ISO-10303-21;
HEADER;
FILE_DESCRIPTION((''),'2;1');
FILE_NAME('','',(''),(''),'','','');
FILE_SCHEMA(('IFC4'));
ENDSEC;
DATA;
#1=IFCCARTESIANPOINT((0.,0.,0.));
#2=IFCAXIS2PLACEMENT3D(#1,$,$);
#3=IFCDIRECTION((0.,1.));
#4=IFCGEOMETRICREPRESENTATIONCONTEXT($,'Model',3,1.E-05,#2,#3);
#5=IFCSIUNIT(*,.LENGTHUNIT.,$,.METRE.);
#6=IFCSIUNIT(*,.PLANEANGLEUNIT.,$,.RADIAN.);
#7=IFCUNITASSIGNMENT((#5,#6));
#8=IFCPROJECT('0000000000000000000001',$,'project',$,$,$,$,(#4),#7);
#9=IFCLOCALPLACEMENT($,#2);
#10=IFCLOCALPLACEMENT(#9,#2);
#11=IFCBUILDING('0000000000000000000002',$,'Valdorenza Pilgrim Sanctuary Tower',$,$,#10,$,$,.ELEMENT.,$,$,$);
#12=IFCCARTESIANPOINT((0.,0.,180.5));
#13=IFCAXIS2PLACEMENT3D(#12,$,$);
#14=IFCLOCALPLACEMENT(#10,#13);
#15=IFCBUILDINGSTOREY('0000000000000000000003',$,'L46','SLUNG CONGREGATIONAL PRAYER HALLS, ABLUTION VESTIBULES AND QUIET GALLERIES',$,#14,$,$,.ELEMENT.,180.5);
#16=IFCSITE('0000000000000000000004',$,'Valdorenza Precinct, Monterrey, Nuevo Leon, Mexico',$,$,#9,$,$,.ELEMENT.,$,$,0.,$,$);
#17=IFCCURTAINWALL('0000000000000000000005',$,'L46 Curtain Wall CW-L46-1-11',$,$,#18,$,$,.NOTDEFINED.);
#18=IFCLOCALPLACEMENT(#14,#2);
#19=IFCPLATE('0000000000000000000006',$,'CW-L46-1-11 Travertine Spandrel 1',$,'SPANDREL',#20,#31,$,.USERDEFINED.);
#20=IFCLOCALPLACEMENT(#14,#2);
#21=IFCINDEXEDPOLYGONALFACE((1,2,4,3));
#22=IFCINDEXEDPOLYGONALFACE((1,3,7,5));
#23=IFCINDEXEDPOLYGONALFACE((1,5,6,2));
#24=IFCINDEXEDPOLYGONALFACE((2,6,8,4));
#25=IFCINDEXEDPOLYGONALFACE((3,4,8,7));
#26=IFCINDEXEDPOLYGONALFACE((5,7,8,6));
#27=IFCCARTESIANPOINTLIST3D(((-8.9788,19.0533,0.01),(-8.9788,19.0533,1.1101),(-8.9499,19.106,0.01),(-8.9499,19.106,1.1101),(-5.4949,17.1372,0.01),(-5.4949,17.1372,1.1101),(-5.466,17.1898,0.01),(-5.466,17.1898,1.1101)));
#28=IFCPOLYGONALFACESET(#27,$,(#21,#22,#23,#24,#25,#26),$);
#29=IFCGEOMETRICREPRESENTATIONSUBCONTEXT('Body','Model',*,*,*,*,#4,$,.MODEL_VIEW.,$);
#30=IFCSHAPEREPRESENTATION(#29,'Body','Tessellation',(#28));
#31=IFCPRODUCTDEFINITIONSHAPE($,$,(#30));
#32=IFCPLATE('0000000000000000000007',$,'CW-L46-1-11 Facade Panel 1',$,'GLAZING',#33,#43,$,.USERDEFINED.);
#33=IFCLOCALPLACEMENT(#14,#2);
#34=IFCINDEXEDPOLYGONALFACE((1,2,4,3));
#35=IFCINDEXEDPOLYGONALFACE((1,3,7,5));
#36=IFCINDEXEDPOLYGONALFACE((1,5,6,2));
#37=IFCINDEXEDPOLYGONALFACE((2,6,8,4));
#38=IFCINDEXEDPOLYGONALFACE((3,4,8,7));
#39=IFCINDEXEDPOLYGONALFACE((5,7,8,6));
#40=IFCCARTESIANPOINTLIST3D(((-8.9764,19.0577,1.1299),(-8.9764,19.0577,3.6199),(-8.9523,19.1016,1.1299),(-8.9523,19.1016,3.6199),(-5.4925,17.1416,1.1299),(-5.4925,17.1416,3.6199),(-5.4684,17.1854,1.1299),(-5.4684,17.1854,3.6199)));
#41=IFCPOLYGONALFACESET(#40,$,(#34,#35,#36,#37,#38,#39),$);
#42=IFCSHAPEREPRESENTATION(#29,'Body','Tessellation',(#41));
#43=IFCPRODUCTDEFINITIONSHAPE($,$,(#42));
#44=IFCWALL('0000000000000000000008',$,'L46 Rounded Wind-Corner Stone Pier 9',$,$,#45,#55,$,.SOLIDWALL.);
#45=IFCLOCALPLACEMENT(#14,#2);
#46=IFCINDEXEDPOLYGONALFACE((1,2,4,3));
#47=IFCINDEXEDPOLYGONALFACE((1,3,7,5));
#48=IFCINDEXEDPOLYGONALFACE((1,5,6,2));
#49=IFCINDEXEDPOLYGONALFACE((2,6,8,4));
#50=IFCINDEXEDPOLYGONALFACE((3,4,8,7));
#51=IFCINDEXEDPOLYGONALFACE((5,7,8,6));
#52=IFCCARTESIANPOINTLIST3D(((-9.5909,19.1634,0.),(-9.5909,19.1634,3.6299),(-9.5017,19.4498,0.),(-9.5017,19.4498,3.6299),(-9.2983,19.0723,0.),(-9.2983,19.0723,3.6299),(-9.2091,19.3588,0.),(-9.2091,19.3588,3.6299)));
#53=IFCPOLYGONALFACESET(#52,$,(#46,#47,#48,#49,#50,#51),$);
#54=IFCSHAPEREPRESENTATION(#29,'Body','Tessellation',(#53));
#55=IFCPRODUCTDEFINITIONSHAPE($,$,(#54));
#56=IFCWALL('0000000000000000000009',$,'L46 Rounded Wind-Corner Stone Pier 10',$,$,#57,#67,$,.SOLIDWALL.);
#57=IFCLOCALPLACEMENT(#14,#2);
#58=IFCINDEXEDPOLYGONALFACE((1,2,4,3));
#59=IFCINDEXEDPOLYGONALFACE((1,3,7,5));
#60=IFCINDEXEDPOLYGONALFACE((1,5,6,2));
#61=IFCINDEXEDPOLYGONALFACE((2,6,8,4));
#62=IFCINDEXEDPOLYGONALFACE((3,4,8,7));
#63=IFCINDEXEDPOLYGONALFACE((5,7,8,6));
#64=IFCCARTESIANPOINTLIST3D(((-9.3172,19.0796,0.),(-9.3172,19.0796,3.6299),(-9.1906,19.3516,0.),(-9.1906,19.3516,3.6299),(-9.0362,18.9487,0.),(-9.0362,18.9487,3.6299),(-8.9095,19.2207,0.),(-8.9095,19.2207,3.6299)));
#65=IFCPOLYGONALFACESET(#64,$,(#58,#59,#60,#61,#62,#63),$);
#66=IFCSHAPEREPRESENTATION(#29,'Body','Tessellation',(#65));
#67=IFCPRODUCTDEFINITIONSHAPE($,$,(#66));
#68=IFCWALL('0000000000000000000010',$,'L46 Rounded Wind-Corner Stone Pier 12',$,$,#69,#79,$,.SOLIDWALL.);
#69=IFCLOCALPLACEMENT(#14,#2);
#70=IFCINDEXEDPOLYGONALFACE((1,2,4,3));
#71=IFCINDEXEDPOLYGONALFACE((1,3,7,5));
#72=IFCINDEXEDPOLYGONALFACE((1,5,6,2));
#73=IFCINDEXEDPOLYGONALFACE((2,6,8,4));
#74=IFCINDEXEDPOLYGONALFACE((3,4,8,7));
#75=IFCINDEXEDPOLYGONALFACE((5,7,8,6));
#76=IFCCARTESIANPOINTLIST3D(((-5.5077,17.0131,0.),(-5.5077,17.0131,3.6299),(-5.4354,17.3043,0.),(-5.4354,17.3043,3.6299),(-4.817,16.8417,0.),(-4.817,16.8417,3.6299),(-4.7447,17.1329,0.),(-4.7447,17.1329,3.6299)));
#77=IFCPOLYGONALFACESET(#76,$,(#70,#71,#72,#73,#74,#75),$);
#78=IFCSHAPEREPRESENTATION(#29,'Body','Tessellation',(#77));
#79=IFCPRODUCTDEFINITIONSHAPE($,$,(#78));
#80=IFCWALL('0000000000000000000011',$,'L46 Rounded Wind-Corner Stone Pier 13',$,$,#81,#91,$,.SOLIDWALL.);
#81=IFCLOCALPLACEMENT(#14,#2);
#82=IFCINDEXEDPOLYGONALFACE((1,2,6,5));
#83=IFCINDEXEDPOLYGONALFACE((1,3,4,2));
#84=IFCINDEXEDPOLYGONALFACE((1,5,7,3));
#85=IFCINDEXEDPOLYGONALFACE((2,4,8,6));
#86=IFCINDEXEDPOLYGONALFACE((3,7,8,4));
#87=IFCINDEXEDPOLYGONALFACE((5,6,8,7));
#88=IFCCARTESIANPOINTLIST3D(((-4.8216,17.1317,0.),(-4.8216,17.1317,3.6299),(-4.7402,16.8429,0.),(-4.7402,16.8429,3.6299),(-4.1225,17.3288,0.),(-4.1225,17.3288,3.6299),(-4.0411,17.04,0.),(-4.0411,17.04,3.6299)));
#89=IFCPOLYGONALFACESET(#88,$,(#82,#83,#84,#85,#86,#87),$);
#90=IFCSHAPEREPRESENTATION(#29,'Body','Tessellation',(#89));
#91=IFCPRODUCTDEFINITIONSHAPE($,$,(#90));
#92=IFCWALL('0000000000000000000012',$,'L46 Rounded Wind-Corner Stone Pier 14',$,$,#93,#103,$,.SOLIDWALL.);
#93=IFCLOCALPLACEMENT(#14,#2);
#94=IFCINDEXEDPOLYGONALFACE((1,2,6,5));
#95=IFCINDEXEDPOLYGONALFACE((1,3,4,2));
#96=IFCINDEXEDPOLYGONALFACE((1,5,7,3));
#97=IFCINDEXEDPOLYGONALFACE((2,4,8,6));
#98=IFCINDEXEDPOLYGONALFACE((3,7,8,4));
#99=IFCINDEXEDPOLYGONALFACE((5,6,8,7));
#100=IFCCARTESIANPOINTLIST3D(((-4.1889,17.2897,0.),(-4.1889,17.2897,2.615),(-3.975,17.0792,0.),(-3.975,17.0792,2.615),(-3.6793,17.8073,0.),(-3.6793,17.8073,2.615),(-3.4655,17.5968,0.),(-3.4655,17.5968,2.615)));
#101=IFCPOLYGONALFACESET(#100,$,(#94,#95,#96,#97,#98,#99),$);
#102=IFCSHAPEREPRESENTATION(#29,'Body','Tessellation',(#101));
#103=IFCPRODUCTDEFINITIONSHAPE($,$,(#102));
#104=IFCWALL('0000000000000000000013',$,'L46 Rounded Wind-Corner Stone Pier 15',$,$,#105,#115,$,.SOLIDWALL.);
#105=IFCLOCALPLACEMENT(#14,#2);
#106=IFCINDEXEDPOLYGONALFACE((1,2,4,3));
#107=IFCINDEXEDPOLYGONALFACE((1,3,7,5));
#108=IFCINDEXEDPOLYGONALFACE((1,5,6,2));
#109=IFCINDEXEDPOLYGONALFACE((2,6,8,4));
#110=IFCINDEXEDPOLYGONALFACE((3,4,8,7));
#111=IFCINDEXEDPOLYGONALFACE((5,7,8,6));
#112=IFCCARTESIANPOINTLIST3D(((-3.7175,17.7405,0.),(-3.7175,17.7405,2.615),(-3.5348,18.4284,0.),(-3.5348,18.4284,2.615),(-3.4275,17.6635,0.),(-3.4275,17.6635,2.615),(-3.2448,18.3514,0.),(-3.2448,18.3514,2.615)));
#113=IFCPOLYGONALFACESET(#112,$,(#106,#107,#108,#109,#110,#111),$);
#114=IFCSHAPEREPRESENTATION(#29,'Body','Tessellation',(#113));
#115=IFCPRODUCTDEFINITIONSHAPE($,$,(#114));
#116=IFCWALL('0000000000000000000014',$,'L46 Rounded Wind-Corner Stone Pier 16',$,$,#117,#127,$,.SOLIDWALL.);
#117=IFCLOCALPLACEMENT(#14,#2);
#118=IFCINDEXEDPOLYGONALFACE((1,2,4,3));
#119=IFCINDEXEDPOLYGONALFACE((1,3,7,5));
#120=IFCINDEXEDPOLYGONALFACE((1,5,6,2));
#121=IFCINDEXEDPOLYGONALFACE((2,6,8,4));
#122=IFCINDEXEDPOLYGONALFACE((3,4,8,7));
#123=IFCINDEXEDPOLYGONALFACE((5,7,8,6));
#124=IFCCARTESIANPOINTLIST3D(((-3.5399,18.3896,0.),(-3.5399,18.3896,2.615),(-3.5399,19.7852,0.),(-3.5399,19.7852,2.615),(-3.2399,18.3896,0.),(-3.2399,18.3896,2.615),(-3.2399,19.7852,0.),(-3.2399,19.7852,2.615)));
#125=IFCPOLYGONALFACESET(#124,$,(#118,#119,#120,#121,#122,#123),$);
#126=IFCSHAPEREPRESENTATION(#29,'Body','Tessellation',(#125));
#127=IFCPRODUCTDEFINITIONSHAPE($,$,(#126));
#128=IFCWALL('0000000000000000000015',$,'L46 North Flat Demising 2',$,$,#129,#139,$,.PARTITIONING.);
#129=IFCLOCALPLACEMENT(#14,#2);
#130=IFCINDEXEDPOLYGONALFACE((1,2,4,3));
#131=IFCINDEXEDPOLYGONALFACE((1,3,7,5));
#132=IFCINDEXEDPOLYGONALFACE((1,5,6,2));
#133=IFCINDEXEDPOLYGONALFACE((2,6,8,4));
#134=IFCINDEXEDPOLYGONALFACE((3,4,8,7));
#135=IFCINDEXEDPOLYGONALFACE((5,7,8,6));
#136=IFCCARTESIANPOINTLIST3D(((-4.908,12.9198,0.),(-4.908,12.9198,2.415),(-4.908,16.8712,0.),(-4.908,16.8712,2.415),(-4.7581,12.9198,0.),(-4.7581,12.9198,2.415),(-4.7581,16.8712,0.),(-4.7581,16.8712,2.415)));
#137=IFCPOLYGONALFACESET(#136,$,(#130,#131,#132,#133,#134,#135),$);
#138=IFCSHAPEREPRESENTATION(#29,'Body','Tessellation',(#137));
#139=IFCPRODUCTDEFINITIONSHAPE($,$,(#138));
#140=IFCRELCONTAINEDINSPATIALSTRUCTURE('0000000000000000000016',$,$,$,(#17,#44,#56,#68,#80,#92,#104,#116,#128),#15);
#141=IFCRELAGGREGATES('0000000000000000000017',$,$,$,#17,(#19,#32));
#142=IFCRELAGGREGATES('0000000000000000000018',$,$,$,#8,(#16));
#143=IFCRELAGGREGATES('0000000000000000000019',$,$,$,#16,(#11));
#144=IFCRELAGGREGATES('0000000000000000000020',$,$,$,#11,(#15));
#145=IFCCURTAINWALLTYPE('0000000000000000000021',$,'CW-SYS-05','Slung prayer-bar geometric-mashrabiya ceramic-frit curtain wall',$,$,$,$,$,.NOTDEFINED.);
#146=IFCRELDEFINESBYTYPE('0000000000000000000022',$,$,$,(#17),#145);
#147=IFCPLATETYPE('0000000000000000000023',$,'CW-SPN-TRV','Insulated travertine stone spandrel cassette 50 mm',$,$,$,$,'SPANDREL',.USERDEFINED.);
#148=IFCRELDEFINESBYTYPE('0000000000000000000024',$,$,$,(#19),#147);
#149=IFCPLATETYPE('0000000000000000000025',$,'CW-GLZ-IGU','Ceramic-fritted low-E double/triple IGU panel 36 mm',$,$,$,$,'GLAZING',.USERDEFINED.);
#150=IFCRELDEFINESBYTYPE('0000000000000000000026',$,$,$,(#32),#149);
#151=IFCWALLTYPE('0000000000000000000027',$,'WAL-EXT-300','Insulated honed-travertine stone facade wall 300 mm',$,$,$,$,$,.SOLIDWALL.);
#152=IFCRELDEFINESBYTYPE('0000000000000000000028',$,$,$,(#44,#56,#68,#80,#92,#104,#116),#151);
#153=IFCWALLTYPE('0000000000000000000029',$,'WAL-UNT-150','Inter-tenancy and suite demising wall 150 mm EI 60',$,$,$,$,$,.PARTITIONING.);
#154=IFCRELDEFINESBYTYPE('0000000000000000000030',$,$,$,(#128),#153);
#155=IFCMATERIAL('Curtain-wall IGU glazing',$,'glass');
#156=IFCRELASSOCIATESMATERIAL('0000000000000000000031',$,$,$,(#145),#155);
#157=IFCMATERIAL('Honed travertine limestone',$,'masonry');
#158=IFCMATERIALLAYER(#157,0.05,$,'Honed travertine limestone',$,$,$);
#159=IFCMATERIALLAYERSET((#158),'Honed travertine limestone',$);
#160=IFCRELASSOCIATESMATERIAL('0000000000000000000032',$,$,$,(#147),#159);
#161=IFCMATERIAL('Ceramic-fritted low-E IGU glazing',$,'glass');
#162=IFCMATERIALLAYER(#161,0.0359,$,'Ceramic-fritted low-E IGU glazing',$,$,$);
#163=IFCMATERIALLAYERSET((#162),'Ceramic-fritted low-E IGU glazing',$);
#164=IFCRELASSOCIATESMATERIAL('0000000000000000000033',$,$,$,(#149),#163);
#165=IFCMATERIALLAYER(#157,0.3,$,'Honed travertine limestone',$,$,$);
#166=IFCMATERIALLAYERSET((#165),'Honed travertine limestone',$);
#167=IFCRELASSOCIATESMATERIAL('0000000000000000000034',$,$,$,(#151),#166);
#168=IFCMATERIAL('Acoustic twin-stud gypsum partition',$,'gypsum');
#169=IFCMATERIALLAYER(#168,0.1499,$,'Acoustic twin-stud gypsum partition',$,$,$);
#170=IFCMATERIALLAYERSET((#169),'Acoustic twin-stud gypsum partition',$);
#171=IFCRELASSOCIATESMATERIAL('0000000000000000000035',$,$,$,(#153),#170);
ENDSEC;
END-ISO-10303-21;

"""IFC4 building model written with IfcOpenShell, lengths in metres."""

from ifc_helpers import new_model, si_unit, direction, frame, frame_2d, origin, origin_2d, place, context, subcontext, project, spatial, rectangle, extrude, source, transform, mapped, material, layer, layer_set, type_object, element, aggregate, save


model = new_model("IFC4")

# Units and contexts
model_context = context("Model", 3, precision=1e-05, world=origin(), true_north=direction((0.0, 1.0)))
body_context = subcontext(model_context, "Body", "Model", "MODEL_VIEW")
ifc_project = project(units=[si_unit("LENGTHUNIT", "METRE"), si_unit("PLANEANGLEUNIT", "RADIAN")], contexts=[model_context])

# Site, building, storey
site_placement = place(None, origin())
site = spatial("IfcSite", under=ifc_project, at=site_placement, Name="Valdorenza Precinct, Monterrey, Nuevo Leon, Mexico", CompositionType="ELEMENT", RefElevation=0.0)
building_placement = place(site_placement, origin())
building = spatial("IfcBuilding", under=site, at=building_placement, Name="Valdorenza Pilgrim Sanctuary Tower", CompositionType="ELEMENT")
storey_placement = place(building_placement, frame((0.0, 0.0, 180.5)))
storey = spatial("IfcBuildingStorey", under=building, at=storey_placement, Name="L46", Description="SLUNG CONGREGATIONAL PRAYER HALLS, ABLUTION VESTIBULES AND QUIET GALLERIES", CompositionType="ELEMENT", Elevation=180.5)

# Curtain wall
ifc_material_1 = material(Name="Curtain-wall IGU glazing", Category="glass")
curtain_wall_type = type_object("IfcCurtainWallType", Name="CW-SYS-05", Description="Slung prayer-bar geometric-mashrabiya ceramic-frit curtain wall", PredefinedType="NOTDEFINED", material=ifc_material_1)
curtain_wall_placement = place(storey_placement, origin())
curtain_wall = element("IfcCurtainWall", 1, at=curtain_wall_placement, inside=storey, type_object=curtain_wall_type, Name="L46 Curtain Wall CW-L46-1-11", PredefinedType="NOTDEFINED")

# Plates
ifc_material_2 = material(Name="Honed travertine limestone", Category="masonry")
ifc_layer_1 = layer(ifc_material_2, 0.05, Name="Honed travertine limestone")
ifc_layer_set_1 = layer_set([ifc_layer_1], Name="Honed travertine limestone")
plate_type_1 = type_object("IfcPlateType", Name="CW-SPN-TRV", Description="Insulated travertine stone spandrel cassette 50 mm", ElementType="SPANDREL", PredefinedType="USERDEFINED", material=ifc_layer_set_1)
shared_shape_1 = source(origin(), body_context, "Body", "SweptSolid", [
    extrude(rectangle(XDim=3.9761, YDim=0.0601, at=origin_2d()), origin(), (0.0, 0.0, 1.0), 1.1001),
])
plate_1_placement = place(storey_placement, frame((-7.2224, 18.1216, 0.01), z_axis=(0.0, 0.0, 1.0), x_axis=(0.876214, -0.481922, 0.0)))
plate_1 = element("IfcPlate", 2, at=plate_1_placement, type_object=plate_type_1, Name="CW-L46-1-11 Travertine Spandrel 1", ObjectType="SPANDREL", PredefinedType="USERDEFINED", context=body_context, shape_type="MappedRepresentation", body=[
    mapped(shared_shape_1, transform((0.0, 0.0, 0.0), x_axis=(1.0, 0.0, 0.0), y_axis=(0.0, 1.0, 0.0), z_axis=(0.0, 0.0, 1.0), scale=1.0)),
])
ifc_material_3 = material(Name="Ceramic-fritted low-E IGU glazing", Category="glass")
ifc_layer_2 = layer(ifc_material_3, 0.0359, Name="Ceramic-fritted low-E IGU glazing")
ifc_layer_set_2 = layer_set([ifc_layer_2], Name="Ceramic-fritted low-E IGU glazing")
plate_type_2 = type_object("IfcPlateType", Name="CW-GLZ-IGU", Description="Ceramic-fritted low-E double/triple IGU panel 36 mm", ElementType="GLAZING", PredefinedType="USERDEFINED", material=ifc_layer_set_2)
shared_shape_2 = source(origin(), body_context, "Body", "SweptSolid", [
    extrude(rectangle(XDim=3.9761, YDim=0.05, at=origin_2d()), origin(), (0.0, 0.0, 1.0), 2.49),
])
plate_2_placement = place(storey_placement, frame((-7.2224, 18.1216, 1.1299), z_axis=(0.0, 0.0, 1.0), x_axis=(0.876214, -0.481922, 0.0)))
plate_2 = element("IfcPlate", 3, at=plate_2_placement, type_object=plate_type_2, Name="CW-L46-1-11 Facade Panel 1", ObjectType="GLAZING", PredefinedType="USERDEFINED", context=body_context, shape_type="MappedRepresentation", body=[
    mapped(shared_shape_2, transform((0.0, 0.0, 0.0), x_axis=(1.0, 0.0, 0.0), y_axis=(0.0, 1.0, 0.0), z_axis=(0.0, 0.0, 1.0), scale=1.0)),
])
aggregate(curtain_wall, [plate_1, plate_2])

# Walls
ifc_layer_3 = layer(ifc_material_2, 0.3, Name="Honed travertine limestone")
ifc_layer_set_3 = layer_set([ifc_layer_3], Name="Honed travertine limestone")
wall_type_1 = type_object("IfcWallType", Name="WAL-EXT-300", Description="Insulated honed-travertine stone facade wall 300 mm", PredefinedType="SOLIDWALL", material=ifc_layer_set_3)
wall_1_placement = place(storey_placement, frame((-9.5464, 19.3066, 0.0), z_axis=(0.0, 0.0, 1.0), x_axis=(0.954791, -0.297276, 0.0)))
element("IfcWall", 4, at=wall_1_placement, inside=storey, type_object=wall_type_1, Name="L46 Rounded Wind-Corner Stone Pier 9", PredefinedType="SOLIDWALL", context=body_context, shape_type="SweptSolid", body=[
    extrude(rectangle(XDim=0.3064, YDim=0.3, at=frame_2d((0.1533, 0.0))), origin(), (0.0, 0.0, 1.0), 3.6299),
])
wall_2_placement = place(storey_placement, frame((-9.2539, 19.2156, 0.0), z_axis=(0.0, 0.0, 1.0), x_axis=(0.906525, -0.422152, 0.0)))
element("IfcWall", 5, at=wall_2_placement, inside=storey, type_object=wall_type_1, Name="L46 Rounded Wind-Corner Stone Pier 10", PredefinedType="SOLIDWALL", context=body_context, shape_type="SweptSolid", body=[
    extrude(rectangle(XDim=0.3101, YDim=0.3, at=frame_2d((0.155, 0.0))), origin(), (0.0, 0.0, 1.0), 3.6299),
])
wall_3_placement = place(storey_placement, frame((-5.4717, 17.1587, 0.0), z_axis=(0.0, 0.0, 1.0), x_axis=(0.970565, -0.24084, 0.0)))
element("IfcWall", 6, at=wall_3_placement, inside=storey, type_object=wall_type_1, Name="L46 Rounded Wind-Corner Stone Pier 12", PredefinedType="SOLIDWALL", context=body_context, shape_type="SweptSolid", body=[
    extrude(rectangle(XDim=0.7117, YDim=0.3, at=frame_2d((0.356, 0.0))), origin(), (0.0, 0.0, 1.0), 3.6299),
])
wall_4_placement = place(storey_placement, frame((-4.781, 16.9873, 0.0), z_axis=(0.0, 0.0, 1.0), x_axis=(0.962495, 0.2713, 0.0)))
element("IfcWall", 7, at=wall_4_placement, inside=storey, type_object=wall_type_1, Name="L46 Rounded Wind-Corner Stone Pier 13", PredefinedType="SOLIDWALL", context=body_context, shape_type="SweptSolid", body=[
    extrude(rectangle(XDim=0.7263, YDim=0.3, at=frame_2d((0.3633, 0.0))), origin(), (0.0, 0.0, 1.0), 3.6299),
])
wall_5_placement = place(storey_placement, frame((-4.082, 17.1843, 0.0), z_axis=(0.0, 0.0, 1.0), x_axis=(0.701539, 0.712631, 0.0)))
element("IfcWall", 8, at=wall_5_placement, inside=storey, type_object=wall_type_1, Name="L46 Rounded Wind-Corner Stone Pier 14", PredefinedType="SOLIDWALL", context=body_context, shape_type="SweptSolid", body=[
    extrude(rectangle(XDim=0.7263, YDim=0.3, at=frame_2d((0.3633, 0.0))), origin(), (0.0, 0.0, 1.0), 2.615),
])
wall_6_placement = place(storey_placement, frame((-3.5725, 17.7019, 0.0), z_axis=(0.0, 0.0, 1.0), x_axis=(0.256637, 0.966508, 0.0)))
element("IfcWall", 9, at=wall_6_placement, inside=storey, type_object=wall_type_1, Name="L46 Rounded Wind-Corner Stone Pier 15", PredefinedType="SOLIDWALL", context=body_context, shape_type="SweptSolid", body=[
    extrude(rectangle(XDim=0.7117, YDim=0.3, at=frame_2d((0.356, 0.0))), origin(), (0.0, 0.0, 1.0), 2.615),
])
wall_7_placement = place(storey_placement, frame((-3.3899, 18.3896, 0.0), z_axis=(0.0, 0.0, 1.0), x_axis=(0.0, 1.0, 0.0)))
element("IfcWall", 10, at=wall_7_placement, inside=storey, type_object=wall_type_1, Name="L46 Rounded Wind-Corner Stone Pier 16", PredefinedType="SOLIDWALL", context=body_context, shape_type="SweptSolid", body=[
    extrude(rectangle(XDim=1.3955, YDim=0.3, at=frame_2d((0.6978, 0.0))), origin(), (0.0, 0.0, 1.0), 2.615),
])
ifc_material_4 = material(Name="Acoustic twin-stud gypsum partition", Category="gypsum")
ifc_layer_4 = layer(ifc_material_4, 0.1499, Name="Acoustic twin-stud gypsum partition")
ifc_layer_set_4 = layer_set([ifc_layer_4], Name="Acoustic twin-stud gypsum partition")
wall_type_2 = type_object("IfcWallType", Name="WAL-UNT-150", Description="Inter-tenancy and suite demising wall 150 mm EI 60", PredefinedType="PARTITIONING", material=ifc_layer_set_4)
wall_8_placement = place(storey_placement, frame((-4.833, 12.9199, 0.0), z_axis=(0.0, 0.0, 1.0), x_axis=(0.0, 1.0, 0.0)))
element("IfcWall", 11, at=wall_8_placement, inside=storey, type_object=wall_type_2, Name="L46 North Flat Demising 2", PredefinedType="PARTITIONING", context=body_context, shape_type="SweptSolid", body=[
    extrude(rectangle(XDim=3.9514, YDim=0.1499, at=frame_2d((1.9756, 0.0))), origin(), (0.0, 0.0, 1.0), 2.415),
])

save(model, "model.ifc")
